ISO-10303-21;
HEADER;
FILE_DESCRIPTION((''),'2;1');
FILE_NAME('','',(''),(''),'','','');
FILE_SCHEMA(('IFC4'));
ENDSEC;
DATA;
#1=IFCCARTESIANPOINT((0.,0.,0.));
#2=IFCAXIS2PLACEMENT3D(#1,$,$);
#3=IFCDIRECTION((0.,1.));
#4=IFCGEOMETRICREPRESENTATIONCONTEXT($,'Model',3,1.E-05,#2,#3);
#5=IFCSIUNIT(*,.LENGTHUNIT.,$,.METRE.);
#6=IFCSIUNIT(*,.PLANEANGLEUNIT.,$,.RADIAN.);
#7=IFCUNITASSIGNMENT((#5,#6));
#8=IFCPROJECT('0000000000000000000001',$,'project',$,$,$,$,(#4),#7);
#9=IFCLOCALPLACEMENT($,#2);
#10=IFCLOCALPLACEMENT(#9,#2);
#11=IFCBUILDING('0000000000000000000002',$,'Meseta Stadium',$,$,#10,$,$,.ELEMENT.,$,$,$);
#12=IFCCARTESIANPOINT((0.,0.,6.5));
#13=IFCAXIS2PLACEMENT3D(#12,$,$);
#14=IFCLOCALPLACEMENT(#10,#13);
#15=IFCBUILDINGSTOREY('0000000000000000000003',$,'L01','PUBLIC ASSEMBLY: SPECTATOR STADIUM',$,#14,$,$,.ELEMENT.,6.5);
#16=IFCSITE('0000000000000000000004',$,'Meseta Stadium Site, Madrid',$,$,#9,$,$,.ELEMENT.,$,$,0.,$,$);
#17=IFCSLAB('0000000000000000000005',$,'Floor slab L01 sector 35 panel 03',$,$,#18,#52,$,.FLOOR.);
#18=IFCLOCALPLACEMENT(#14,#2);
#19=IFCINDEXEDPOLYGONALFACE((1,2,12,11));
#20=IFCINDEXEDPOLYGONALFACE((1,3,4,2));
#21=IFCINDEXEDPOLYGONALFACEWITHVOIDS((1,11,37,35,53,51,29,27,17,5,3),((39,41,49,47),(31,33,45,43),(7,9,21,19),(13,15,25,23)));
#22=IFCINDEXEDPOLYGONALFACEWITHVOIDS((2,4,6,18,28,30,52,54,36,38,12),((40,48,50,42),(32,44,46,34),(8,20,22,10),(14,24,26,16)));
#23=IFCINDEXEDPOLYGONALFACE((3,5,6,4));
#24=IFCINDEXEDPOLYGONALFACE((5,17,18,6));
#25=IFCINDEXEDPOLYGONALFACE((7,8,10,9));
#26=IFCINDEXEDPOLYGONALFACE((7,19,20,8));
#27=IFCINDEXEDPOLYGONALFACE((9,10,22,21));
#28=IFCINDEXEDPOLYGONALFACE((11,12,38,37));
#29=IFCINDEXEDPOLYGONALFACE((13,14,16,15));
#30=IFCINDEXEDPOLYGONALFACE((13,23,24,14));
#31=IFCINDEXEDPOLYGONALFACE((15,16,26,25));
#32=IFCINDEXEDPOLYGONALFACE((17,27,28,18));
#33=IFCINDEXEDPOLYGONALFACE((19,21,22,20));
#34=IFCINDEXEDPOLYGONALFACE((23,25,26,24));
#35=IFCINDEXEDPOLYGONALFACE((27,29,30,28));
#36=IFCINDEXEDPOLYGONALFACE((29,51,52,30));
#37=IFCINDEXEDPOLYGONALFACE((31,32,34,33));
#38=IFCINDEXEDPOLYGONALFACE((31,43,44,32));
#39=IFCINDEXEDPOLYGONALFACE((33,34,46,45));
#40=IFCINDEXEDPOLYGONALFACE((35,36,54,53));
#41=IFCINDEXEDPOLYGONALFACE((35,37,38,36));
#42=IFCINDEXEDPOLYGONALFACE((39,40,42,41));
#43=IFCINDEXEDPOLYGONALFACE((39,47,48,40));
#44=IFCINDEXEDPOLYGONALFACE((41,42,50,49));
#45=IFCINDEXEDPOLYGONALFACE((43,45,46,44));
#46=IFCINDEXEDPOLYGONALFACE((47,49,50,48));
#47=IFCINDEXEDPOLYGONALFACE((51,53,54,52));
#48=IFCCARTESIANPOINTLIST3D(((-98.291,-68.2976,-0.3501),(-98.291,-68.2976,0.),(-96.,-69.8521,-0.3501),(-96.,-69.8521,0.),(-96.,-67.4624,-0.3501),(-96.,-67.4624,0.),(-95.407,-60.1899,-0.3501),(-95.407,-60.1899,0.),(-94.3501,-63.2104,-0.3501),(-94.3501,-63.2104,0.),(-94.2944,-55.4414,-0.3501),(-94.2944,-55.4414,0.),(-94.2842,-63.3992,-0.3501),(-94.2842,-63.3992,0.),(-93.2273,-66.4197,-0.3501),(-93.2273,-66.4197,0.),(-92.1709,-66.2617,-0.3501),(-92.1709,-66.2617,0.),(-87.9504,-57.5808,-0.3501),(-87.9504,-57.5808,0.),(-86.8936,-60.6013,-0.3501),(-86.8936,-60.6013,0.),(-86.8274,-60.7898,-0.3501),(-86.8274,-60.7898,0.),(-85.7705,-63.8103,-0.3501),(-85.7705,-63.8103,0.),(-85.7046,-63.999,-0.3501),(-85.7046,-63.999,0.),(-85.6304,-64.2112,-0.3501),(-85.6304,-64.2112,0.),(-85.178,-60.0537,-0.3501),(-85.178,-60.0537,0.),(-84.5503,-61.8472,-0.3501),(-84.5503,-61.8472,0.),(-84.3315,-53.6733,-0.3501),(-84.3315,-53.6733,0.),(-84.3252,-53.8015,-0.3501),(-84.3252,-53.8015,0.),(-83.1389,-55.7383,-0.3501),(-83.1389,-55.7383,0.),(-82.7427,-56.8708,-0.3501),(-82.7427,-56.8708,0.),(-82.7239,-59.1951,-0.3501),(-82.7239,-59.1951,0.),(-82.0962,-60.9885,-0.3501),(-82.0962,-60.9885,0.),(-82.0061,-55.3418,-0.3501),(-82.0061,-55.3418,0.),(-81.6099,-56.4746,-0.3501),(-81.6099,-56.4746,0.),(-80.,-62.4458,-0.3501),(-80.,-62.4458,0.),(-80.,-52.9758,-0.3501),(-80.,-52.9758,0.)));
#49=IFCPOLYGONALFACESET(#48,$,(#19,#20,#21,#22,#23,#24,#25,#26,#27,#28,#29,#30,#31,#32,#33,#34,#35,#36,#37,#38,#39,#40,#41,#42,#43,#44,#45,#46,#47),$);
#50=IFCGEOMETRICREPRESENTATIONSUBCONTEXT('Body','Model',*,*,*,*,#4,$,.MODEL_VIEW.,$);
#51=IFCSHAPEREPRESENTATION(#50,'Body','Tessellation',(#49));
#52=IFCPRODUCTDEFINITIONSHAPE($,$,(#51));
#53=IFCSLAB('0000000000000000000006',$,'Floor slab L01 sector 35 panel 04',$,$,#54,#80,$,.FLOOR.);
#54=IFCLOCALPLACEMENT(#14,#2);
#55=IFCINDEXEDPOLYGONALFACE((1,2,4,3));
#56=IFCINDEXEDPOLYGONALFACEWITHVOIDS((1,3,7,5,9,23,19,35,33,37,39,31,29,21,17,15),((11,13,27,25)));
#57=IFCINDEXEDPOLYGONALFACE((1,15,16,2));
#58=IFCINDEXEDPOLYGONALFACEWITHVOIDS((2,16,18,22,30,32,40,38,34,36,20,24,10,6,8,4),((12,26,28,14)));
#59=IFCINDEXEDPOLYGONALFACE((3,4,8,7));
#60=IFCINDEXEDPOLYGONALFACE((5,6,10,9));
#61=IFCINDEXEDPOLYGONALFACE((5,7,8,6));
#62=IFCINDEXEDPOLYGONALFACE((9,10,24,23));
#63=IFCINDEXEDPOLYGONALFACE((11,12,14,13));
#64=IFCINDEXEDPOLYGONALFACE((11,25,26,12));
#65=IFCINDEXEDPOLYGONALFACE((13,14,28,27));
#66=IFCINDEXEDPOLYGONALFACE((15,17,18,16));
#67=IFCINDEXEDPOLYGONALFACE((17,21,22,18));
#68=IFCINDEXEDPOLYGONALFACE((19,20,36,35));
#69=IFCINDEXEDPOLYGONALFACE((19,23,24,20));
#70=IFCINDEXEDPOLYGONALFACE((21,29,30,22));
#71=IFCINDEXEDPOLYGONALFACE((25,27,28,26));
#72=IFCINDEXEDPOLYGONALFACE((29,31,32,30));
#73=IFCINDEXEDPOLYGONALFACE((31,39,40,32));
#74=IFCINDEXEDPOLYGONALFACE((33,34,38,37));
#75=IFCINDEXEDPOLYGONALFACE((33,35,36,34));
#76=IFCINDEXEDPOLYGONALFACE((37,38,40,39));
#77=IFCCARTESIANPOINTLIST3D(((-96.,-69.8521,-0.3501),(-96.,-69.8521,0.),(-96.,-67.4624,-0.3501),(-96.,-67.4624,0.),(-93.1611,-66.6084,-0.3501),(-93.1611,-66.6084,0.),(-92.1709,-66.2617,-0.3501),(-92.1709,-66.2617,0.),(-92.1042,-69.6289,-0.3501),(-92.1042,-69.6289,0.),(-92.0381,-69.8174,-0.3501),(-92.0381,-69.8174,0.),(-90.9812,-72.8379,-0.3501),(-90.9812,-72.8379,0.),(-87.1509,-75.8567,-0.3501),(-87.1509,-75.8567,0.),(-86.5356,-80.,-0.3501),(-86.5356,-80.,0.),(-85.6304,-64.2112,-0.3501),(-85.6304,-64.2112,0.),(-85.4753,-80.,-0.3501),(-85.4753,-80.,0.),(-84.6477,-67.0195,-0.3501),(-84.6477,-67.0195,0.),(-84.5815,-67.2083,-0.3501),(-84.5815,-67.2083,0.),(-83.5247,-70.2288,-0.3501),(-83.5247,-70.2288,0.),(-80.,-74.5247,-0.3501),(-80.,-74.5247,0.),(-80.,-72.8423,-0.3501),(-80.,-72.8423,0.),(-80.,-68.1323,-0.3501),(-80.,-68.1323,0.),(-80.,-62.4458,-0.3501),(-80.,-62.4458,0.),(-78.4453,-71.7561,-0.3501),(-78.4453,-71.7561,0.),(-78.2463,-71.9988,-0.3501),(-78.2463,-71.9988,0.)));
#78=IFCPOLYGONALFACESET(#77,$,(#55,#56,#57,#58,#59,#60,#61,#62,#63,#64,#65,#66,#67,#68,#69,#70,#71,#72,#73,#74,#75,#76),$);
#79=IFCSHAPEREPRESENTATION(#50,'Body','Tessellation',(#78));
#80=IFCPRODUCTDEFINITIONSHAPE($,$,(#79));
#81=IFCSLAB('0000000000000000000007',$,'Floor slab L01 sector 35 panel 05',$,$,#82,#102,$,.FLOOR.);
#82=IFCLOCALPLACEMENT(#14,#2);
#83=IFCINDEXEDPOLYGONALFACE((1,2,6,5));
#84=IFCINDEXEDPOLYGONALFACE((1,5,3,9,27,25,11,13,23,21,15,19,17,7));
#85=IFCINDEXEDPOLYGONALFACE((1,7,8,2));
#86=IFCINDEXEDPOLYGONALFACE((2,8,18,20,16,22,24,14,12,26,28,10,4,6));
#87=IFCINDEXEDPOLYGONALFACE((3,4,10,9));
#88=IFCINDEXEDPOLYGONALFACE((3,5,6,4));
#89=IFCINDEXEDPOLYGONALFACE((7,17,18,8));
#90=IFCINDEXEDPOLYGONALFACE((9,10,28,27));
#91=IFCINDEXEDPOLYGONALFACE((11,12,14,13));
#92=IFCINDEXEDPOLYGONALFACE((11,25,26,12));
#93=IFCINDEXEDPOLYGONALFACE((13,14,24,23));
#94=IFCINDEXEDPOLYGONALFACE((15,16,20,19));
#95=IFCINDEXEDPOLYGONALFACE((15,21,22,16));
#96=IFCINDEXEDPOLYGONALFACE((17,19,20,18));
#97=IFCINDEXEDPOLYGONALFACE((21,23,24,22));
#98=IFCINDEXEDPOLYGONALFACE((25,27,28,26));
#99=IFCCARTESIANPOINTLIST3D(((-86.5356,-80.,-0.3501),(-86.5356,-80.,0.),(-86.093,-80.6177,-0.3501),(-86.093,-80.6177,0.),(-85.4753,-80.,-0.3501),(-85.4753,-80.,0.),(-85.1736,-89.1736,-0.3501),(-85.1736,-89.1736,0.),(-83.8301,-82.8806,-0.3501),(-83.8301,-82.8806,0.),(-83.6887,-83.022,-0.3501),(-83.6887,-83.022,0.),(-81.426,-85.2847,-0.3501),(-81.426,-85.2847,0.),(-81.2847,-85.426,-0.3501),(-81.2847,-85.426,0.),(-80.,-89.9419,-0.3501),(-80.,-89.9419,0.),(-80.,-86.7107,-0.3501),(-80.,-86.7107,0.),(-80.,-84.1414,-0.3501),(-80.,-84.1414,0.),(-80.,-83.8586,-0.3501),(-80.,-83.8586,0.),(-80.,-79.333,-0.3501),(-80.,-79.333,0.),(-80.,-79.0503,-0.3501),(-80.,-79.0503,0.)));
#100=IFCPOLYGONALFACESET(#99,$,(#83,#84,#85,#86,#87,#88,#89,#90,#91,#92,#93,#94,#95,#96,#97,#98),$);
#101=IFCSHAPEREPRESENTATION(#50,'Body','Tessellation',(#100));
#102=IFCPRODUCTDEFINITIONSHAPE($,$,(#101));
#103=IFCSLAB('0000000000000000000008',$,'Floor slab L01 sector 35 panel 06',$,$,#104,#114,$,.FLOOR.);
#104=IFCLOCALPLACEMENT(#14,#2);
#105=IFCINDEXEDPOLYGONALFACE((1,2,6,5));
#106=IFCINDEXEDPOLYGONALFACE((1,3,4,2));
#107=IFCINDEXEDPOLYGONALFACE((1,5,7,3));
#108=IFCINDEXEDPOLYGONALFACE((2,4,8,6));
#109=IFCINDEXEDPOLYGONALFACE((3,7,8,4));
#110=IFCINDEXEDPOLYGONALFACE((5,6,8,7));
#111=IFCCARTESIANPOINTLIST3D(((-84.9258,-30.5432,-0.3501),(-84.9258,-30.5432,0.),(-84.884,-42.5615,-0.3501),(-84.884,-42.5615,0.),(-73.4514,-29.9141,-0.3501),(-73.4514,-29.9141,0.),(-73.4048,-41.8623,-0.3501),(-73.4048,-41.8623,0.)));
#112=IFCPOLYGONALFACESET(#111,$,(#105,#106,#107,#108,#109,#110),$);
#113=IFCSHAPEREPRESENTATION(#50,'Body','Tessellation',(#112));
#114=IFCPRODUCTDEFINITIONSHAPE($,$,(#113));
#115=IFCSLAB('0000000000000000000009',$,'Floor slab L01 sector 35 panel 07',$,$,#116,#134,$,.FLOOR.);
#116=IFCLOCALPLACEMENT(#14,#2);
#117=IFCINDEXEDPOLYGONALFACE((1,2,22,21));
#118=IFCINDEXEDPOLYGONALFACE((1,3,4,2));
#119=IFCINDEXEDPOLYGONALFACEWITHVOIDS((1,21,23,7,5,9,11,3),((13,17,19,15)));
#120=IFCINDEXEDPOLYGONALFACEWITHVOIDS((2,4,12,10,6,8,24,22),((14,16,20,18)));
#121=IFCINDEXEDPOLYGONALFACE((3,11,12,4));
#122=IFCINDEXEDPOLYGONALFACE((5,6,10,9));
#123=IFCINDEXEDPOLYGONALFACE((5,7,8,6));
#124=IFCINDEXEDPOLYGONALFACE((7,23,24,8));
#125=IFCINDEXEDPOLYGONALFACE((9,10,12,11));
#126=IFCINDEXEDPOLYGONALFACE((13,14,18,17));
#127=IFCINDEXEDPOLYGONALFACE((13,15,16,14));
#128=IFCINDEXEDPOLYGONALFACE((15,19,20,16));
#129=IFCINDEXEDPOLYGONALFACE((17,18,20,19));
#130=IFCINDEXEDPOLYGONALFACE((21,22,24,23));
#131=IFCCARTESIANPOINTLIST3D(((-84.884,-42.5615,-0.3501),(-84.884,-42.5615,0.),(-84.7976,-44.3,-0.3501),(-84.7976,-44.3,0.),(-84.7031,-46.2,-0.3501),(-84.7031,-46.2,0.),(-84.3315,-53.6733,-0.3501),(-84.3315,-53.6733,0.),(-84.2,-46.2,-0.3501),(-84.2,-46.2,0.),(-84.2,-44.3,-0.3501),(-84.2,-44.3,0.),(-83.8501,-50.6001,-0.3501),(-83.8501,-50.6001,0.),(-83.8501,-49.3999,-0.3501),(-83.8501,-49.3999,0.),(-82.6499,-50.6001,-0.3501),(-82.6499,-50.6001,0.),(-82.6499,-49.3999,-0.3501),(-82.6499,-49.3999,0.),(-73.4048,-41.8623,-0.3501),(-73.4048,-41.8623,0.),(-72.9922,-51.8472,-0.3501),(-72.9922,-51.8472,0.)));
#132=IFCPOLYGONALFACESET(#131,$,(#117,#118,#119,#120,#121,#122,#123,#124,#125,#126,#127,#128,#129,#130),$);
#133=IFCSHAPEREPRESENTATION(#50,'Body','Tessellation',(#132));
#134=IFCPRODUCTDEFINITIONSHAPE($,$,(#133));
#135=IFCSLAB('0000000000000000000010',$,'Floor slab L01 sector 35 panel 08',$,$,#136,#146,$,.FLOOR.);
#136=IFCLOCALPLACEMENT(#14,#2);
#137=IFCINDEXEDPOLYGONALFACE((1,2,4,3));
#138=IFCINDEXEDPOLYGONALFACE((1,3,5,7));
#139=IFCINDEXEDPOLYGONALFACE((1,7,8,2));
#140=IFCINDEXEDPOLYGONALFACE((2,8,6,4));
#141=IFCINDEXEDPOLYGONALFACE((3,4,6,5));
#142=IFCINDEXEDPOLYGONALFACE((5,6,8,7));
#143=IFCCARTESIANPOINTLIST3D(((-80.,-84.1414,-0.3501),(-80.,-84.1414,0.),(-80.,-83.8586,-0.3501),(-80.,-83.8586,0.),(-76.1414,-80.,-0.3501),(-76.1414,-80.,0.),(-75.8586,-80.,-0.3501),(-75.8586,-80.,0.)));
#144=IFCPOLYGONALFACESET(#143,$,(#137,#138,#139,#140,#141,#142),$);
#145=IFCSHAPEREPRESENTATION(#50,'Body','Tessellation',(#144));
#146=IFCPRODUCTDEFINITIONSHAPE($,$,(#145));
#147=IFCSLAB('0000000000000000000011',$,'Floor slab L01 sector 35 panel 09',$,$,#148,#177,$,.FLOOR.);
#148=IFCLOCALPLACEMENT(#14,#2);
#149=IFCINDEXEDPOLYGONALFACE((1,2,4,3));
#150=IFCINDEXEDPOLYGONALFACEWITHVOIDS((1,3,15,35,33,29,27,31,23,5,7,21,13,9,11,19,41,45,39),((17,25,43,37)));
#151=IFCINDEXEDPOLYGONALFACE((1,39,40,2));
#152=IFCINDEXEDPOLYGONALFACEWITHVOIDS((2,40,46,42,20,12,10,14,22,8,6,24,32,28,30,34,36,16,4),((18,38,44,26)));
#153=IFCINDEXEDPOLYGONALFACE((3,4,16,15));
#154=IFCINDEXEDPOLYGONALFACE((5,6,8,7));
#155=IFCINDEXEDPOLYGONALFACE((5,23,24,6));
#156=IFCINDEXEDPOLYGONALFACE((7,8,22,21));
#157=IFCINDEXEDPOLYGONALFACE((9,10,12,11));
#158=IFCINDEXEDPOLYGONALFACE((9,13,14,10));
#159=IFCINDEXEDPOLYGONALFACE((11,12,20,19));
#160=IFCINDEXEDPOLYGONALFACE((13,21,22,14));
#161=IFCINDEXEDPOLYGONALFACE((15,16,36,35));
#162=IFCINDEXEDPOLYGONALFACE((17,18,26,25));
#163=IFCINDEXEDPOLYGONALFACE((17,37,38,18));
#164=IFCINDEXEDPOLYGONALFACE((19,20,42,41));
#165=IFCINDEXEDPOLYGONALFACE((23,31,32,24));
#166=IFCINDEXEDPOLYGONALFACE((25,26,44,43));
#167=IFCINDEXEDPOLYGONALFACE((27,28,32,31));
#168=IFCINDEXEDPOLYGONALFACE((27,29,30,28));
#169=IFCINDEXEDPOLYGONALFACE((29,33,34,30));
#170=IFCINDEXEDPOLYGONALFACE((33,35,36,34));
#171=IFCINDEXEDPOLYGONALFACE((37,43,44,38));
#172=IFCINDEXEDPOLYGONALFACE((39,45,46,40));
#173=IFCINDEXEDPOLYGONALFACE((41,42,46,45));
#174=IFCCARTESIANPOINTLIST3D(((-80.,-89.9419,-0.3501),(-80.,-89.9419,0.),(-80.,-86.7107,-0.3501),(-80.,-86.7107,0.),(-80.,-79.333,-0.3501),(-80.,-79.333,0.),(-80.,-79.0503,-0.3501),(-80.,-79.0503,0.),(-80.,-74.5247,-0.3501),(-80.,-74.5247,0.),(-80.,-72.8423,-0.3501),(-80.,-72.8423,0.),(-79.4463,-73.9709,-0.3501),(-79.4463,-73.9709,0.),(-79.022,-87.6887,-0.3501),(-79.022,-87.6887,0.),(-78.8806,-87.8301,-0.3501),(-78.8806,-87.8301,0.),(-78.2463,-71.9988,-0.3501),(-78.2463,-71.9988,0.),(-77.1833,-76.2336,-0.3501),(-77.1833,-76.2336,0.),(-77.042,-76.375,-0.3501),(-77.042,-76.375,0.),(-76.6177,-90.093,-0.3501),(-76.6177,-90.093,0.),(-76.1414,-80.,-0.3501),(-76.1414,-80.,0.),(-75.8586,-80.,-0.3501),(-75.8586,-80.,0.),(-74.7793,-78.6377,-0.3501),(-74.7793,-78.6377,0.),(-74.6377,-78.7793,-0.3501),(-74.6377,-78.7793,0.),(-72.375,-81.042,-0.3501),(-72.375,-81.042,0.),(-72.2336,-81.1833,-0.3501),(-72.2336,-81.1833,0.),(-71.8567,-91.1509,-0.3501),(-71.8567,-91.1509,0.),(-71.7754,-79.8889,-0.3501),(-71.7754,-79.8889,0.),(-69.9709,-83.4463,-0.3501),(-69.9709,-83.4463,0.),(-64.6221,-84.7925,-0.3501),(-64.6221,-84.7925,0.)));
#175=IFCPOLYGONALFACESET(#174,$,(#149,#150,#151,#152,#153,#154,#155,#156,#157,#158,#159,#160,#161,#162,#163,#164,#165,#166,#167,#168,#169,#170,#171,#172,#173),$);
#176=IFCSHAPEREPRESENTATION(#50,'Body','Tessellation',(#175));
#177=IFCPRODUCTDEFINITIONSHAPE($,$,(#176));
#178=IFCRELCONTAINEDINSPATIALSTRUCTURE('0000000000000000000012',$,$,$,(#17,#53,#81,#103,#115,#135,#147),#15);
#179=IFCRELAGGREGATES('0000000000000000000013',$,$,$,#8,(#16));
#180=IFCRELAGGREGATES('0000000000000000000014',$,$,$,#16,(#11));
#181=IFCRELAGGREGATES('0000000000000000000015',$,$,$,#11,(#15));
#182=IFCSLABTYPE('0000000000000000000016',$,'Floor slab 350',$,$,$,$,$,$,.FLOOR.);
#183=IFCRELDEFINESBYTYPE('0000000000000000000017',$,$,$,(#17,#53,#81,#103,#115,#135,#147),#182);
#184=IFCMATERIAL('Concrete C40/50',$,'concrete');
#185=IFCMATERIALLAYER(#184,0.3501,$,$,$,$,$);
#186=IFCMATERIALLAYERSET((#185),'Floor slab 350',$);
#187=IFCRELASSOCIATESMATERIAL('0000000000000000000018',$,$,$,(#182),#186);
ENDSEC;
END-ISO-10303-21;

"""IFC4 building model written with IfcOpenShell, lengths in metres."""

from ifc_helpers import new_model, si_unit, direction, frame, origin, place, context, subcontext, project, spatial, polyline, outline, extrude, material, layer, layer_set, type_object, element, save


model = new_model("IFC4")

# Units and contexts
model_context = context("Model", 3, precision=1e-05, world=origin(), true_north=direction((0.0, 1.0)))
body_context = subcontext(model_context, "Body", "Model", "MODEL_VIEW")
ifc_project = project(units=[si_unit("LENGTHUNIT", "METRE"), si_unit("PLANEANGLEUNIT", "RADIAN")], contexts=[model_context])

# Site, building, storey
site_placement = place(None, origin())
site = spatial("IfcSite", under=ifc_project, at=site_placement, Name="Meseta Stadium Site, Madrid", CompositionType="ELEMENT", RefElevation=0.0)
building_placement = place(site_placement, origin())
building = spatial("IfcBuilding", under=site, at=building_placement, Name="Meseta Stadium", CompositionType="ELEMENT")
storey_placement = place(building_placement, frame((0.0, 0.0, 6.5)))
storey = spatial("IfcBuildingStorey", under=building, at=storey_placement, Name="L01", Description="PUBLIC ASSEMBLY: SPECTATOR STADIUM", CompositionType="ELEMENT", Elevation=6.5)

# Slabs
ifc_material = material(Name="Concrete C40/50", Category="concrete")
ifc_layer = layer(ifc_material, 0.3501)
ifc_layer_set = layer_set([ifc_layer], Name="Floor slab 350")
slab_type = type_object("IfcSlabType", Name="Floor slab 350", PredefinedType="FLOOR", material=ifc_layer_set)
slab_1_placement = place(storey_placement, frame((0.0, 0.0, -0.3501)))
element("IfcSlab", 1, at=slab_1_placement, inside=storey, type_object=slab_type, Name="Floor slab L01 sector 35 panel 03", PredefinedType="FLOOR", context=body_context, shape_type="SweptSolid", body=[
    extrude(outline(polyline([(-85.6304, -64.2112), (-80.0, -62.4458), (-80.0, -52.9758), (-84.3315, -53.6733), (-84.3252, -53.8015), (-94.2944, -55.4414), (-98.291, -68.2976), (-96.0, -69.8521), (-96.0, -67.4624), (-92.1709, -66.2617), (-85.7046, -63.999), (-85.6304, -64.2112)]), holes=[polyline([(-82.7239, -59.1951), (-82.0962, -60.9885), (-84.5503, -61.8472), (-85.178, -60.0537), (-82.7239, -59.1951)]), polyline([(-94.2842, -63.3992), (-86.8274, -60.7898), (-85.7705, -63.8103), (-93.2273, -66.4197), (-94.2842, -63.3992)]), polyline([(-95.407, -60.1899), (-87.9504, -57.5808), (-86.8936, -60.6013), (-94.3501, -63.2104), (-95.407, -60.1899)]), polyline([(-82.7427, -56.8708), (-83.1389, -55.7383), (-82.0061, -55.3418), (-81.6099, -56.4746), (-82.7427, -56.8708)])]), origin(), (0.0, 0.0, 1.0), 0.3501),
])
slab_2_placement = place(storey_placement, frame((0.0, 0.0, -0.3501)))
element("IfcSlab", 2, at=slab_2_placement, inside=storey, type_object=slab_type, Name="Floor slab L01 sector 35 panel 04", PredefinedType="FLOOR", context=body_context, shape_type="SweptSolid", body=[
    extrude(outline(polyline([(-80.0, -62.4458), (-85.6304, -64.2112), (-84.6477, -67.0195), (-92.1042, -69.6289), (-93.1611, -66.6084), (-92.1709, -66.2617), (-96.0, -67.4624), (-96.0, -69.8521), (-87.1509, -75.8567), (-86.5356, -80.0), (-85.4753, -80.0), (-80.0, -74.5247), (-80.0, -72.8423), (-78.2463, -71.9988), (-78.4453, -71.7561), (-80.0, -68.1323), (-80.0, -62.4458)]), holes=[polyline([(-92.0381, -69.8174), (-84.5815, -67.2083), (-83.5247, -70.2288), (-90.9812, -72.8379), (-92.0381, -69.8174)])]), origin(), (0.0, 0.0, 1.0), 0.3501),
])
slab_3_placement = place(storey_placement, frame((0.0, 0.0, -0.3501)))
element("IfcSlab", 3, at=slab_3_placement, inside=storey, type_object=slab_type, Name="Floor slab L01 sector 35 panel 05", PredefinedType="FLOOR", context=body_context, shape_type="SweptSolid", body=[
    extrude(outline(polyline([(-83.6887, -83.022), (-80.0, -79.333), (-80.0, -79.0503), (-83.8301, -82.8806), (-86.093, -80.6177), (-85.4753, -80.0), (-86.5356, -80.0), (-85.1736, -89.1736), (-80.0, -89.9419), (-80.0, -86.7107), (-81.2847, -85.426), (-80.0, -84.1414), (-80.0, -83.8586), (-81.426, -85.2847), (-83.6887, -83.022)])), origin(), (0.0, 0.0, 1.0), 0.3501),
])
slab_4_placement = place(storey_placement, frame((0.0, 0.0, -0.3501)))
element("IfcSlab", 4, at=slab_4_placement, inside=storey, type_object=slab_type, Name="Floor slab L01 sector 35 panel 06", PredefinedType="FLOOR", context=body_context, shape_type="SweptSolid", body=[
    extrude(outline(polyline([(-84.884, -42.5615), (-73.4048, -41.8623), (-73.4514, -29.9141), (-84.9258, -30.5432), (-84.884, -42.5615)])), origin(), (0.0, 0.0, 1.0), 0.3501),
])
slab_5_placement = place(storey_placement, frame((0.0, 0.0, -0.3501)))
element("IfcSlab", 5, at=slab_5_placement, inside=storey, type_object=slab_type, Name="Floor slab L01 sector 35 panel 07", PredefinedType="FLOOR", context=body_context, shape_type="SweptSolid", body=[
    extrude(outline(polyline([(-72.9922, -51.8472), (-73.4048, -41.8623), (-84.884, -42.5615), (-84.7976, -44.3), (-84.2, -44.3), (-84.2, -46.2), (-84.7031, -46.2), (-84.3315, -53.6733), (-72.9922, -51.8472)]), holes=[polyline([(-82.6499, -50.6001), (-83.8501, -50.6001), (-83.8501, -49.3999), (-82.6499, -49.3999), (-82.6499, -50.6001)])]), origin(), (0.0, 0.0, 1.0), 0.3501),
])
slab_6_placement = place(storey_placement, frame((0.0, 0.0, -0.3501)))
element("IfcSlab", 6, at=slab_6_placement, inside=storey, type_object=slab_type, Name="Floor slab L01 sector 35 panel 08", PredefinedType="FLOOR", context=body_context, shape_type="SweptSolid", body=[
    extrude(outline(polyline([(-80.0, -83.8586), (-80.0, -84.1414), (-75.8586, -80.0), (-76.1414, -80.0), (-80.0, -83.8586)])), origin(), (0.0, 0.0, 1.0), 0.3501),
])
slab_7_placement = place(storey_placement, frame((0.0, 0.0, -0.3501)))
element("IfcSlab", 7, at=slab_7_placement, inside=storey, type_object=slab_type, Name="Floor slab L01 sector 35 panel 09", PredefinedType="FLOOR", context=body_context, shape_type="SweptSolid", body=[
    extrude(outline(polyline([(-74.7793, -78.6377), (-76.1414, -80.0), (-75.8586, -80.0), (-74.6377, -78.7793), (-72.375, -81.042), (-79.022, -87.6887), (-80.0, -86.7107), (-80.0, -89.9419), (-71.8567, -91.1509), (-64.6221, -84.7925), (-71.7754, -79.8889), (-78.2463, -71.9988), (-80.0, -72.8423), (-80.0, -74.5247), (-79.4463, -73.9709), (-77.1833, -76.2336), (-80.0, -79.0503), (-80.0, -79.333), (-77.042, -76.375), (-74.7793, -78.6377)]), holes=[polyline([(-78.8806, -87.8301), (-72.2336, -81.1833), (-69.9709, -83.4463), (-76.6177, -90.093), (-78.8806, -87.8301)])]), origin(), (0.0, 0.0, 1.0), 0.3501),
])

save(model, "model.ifc")
